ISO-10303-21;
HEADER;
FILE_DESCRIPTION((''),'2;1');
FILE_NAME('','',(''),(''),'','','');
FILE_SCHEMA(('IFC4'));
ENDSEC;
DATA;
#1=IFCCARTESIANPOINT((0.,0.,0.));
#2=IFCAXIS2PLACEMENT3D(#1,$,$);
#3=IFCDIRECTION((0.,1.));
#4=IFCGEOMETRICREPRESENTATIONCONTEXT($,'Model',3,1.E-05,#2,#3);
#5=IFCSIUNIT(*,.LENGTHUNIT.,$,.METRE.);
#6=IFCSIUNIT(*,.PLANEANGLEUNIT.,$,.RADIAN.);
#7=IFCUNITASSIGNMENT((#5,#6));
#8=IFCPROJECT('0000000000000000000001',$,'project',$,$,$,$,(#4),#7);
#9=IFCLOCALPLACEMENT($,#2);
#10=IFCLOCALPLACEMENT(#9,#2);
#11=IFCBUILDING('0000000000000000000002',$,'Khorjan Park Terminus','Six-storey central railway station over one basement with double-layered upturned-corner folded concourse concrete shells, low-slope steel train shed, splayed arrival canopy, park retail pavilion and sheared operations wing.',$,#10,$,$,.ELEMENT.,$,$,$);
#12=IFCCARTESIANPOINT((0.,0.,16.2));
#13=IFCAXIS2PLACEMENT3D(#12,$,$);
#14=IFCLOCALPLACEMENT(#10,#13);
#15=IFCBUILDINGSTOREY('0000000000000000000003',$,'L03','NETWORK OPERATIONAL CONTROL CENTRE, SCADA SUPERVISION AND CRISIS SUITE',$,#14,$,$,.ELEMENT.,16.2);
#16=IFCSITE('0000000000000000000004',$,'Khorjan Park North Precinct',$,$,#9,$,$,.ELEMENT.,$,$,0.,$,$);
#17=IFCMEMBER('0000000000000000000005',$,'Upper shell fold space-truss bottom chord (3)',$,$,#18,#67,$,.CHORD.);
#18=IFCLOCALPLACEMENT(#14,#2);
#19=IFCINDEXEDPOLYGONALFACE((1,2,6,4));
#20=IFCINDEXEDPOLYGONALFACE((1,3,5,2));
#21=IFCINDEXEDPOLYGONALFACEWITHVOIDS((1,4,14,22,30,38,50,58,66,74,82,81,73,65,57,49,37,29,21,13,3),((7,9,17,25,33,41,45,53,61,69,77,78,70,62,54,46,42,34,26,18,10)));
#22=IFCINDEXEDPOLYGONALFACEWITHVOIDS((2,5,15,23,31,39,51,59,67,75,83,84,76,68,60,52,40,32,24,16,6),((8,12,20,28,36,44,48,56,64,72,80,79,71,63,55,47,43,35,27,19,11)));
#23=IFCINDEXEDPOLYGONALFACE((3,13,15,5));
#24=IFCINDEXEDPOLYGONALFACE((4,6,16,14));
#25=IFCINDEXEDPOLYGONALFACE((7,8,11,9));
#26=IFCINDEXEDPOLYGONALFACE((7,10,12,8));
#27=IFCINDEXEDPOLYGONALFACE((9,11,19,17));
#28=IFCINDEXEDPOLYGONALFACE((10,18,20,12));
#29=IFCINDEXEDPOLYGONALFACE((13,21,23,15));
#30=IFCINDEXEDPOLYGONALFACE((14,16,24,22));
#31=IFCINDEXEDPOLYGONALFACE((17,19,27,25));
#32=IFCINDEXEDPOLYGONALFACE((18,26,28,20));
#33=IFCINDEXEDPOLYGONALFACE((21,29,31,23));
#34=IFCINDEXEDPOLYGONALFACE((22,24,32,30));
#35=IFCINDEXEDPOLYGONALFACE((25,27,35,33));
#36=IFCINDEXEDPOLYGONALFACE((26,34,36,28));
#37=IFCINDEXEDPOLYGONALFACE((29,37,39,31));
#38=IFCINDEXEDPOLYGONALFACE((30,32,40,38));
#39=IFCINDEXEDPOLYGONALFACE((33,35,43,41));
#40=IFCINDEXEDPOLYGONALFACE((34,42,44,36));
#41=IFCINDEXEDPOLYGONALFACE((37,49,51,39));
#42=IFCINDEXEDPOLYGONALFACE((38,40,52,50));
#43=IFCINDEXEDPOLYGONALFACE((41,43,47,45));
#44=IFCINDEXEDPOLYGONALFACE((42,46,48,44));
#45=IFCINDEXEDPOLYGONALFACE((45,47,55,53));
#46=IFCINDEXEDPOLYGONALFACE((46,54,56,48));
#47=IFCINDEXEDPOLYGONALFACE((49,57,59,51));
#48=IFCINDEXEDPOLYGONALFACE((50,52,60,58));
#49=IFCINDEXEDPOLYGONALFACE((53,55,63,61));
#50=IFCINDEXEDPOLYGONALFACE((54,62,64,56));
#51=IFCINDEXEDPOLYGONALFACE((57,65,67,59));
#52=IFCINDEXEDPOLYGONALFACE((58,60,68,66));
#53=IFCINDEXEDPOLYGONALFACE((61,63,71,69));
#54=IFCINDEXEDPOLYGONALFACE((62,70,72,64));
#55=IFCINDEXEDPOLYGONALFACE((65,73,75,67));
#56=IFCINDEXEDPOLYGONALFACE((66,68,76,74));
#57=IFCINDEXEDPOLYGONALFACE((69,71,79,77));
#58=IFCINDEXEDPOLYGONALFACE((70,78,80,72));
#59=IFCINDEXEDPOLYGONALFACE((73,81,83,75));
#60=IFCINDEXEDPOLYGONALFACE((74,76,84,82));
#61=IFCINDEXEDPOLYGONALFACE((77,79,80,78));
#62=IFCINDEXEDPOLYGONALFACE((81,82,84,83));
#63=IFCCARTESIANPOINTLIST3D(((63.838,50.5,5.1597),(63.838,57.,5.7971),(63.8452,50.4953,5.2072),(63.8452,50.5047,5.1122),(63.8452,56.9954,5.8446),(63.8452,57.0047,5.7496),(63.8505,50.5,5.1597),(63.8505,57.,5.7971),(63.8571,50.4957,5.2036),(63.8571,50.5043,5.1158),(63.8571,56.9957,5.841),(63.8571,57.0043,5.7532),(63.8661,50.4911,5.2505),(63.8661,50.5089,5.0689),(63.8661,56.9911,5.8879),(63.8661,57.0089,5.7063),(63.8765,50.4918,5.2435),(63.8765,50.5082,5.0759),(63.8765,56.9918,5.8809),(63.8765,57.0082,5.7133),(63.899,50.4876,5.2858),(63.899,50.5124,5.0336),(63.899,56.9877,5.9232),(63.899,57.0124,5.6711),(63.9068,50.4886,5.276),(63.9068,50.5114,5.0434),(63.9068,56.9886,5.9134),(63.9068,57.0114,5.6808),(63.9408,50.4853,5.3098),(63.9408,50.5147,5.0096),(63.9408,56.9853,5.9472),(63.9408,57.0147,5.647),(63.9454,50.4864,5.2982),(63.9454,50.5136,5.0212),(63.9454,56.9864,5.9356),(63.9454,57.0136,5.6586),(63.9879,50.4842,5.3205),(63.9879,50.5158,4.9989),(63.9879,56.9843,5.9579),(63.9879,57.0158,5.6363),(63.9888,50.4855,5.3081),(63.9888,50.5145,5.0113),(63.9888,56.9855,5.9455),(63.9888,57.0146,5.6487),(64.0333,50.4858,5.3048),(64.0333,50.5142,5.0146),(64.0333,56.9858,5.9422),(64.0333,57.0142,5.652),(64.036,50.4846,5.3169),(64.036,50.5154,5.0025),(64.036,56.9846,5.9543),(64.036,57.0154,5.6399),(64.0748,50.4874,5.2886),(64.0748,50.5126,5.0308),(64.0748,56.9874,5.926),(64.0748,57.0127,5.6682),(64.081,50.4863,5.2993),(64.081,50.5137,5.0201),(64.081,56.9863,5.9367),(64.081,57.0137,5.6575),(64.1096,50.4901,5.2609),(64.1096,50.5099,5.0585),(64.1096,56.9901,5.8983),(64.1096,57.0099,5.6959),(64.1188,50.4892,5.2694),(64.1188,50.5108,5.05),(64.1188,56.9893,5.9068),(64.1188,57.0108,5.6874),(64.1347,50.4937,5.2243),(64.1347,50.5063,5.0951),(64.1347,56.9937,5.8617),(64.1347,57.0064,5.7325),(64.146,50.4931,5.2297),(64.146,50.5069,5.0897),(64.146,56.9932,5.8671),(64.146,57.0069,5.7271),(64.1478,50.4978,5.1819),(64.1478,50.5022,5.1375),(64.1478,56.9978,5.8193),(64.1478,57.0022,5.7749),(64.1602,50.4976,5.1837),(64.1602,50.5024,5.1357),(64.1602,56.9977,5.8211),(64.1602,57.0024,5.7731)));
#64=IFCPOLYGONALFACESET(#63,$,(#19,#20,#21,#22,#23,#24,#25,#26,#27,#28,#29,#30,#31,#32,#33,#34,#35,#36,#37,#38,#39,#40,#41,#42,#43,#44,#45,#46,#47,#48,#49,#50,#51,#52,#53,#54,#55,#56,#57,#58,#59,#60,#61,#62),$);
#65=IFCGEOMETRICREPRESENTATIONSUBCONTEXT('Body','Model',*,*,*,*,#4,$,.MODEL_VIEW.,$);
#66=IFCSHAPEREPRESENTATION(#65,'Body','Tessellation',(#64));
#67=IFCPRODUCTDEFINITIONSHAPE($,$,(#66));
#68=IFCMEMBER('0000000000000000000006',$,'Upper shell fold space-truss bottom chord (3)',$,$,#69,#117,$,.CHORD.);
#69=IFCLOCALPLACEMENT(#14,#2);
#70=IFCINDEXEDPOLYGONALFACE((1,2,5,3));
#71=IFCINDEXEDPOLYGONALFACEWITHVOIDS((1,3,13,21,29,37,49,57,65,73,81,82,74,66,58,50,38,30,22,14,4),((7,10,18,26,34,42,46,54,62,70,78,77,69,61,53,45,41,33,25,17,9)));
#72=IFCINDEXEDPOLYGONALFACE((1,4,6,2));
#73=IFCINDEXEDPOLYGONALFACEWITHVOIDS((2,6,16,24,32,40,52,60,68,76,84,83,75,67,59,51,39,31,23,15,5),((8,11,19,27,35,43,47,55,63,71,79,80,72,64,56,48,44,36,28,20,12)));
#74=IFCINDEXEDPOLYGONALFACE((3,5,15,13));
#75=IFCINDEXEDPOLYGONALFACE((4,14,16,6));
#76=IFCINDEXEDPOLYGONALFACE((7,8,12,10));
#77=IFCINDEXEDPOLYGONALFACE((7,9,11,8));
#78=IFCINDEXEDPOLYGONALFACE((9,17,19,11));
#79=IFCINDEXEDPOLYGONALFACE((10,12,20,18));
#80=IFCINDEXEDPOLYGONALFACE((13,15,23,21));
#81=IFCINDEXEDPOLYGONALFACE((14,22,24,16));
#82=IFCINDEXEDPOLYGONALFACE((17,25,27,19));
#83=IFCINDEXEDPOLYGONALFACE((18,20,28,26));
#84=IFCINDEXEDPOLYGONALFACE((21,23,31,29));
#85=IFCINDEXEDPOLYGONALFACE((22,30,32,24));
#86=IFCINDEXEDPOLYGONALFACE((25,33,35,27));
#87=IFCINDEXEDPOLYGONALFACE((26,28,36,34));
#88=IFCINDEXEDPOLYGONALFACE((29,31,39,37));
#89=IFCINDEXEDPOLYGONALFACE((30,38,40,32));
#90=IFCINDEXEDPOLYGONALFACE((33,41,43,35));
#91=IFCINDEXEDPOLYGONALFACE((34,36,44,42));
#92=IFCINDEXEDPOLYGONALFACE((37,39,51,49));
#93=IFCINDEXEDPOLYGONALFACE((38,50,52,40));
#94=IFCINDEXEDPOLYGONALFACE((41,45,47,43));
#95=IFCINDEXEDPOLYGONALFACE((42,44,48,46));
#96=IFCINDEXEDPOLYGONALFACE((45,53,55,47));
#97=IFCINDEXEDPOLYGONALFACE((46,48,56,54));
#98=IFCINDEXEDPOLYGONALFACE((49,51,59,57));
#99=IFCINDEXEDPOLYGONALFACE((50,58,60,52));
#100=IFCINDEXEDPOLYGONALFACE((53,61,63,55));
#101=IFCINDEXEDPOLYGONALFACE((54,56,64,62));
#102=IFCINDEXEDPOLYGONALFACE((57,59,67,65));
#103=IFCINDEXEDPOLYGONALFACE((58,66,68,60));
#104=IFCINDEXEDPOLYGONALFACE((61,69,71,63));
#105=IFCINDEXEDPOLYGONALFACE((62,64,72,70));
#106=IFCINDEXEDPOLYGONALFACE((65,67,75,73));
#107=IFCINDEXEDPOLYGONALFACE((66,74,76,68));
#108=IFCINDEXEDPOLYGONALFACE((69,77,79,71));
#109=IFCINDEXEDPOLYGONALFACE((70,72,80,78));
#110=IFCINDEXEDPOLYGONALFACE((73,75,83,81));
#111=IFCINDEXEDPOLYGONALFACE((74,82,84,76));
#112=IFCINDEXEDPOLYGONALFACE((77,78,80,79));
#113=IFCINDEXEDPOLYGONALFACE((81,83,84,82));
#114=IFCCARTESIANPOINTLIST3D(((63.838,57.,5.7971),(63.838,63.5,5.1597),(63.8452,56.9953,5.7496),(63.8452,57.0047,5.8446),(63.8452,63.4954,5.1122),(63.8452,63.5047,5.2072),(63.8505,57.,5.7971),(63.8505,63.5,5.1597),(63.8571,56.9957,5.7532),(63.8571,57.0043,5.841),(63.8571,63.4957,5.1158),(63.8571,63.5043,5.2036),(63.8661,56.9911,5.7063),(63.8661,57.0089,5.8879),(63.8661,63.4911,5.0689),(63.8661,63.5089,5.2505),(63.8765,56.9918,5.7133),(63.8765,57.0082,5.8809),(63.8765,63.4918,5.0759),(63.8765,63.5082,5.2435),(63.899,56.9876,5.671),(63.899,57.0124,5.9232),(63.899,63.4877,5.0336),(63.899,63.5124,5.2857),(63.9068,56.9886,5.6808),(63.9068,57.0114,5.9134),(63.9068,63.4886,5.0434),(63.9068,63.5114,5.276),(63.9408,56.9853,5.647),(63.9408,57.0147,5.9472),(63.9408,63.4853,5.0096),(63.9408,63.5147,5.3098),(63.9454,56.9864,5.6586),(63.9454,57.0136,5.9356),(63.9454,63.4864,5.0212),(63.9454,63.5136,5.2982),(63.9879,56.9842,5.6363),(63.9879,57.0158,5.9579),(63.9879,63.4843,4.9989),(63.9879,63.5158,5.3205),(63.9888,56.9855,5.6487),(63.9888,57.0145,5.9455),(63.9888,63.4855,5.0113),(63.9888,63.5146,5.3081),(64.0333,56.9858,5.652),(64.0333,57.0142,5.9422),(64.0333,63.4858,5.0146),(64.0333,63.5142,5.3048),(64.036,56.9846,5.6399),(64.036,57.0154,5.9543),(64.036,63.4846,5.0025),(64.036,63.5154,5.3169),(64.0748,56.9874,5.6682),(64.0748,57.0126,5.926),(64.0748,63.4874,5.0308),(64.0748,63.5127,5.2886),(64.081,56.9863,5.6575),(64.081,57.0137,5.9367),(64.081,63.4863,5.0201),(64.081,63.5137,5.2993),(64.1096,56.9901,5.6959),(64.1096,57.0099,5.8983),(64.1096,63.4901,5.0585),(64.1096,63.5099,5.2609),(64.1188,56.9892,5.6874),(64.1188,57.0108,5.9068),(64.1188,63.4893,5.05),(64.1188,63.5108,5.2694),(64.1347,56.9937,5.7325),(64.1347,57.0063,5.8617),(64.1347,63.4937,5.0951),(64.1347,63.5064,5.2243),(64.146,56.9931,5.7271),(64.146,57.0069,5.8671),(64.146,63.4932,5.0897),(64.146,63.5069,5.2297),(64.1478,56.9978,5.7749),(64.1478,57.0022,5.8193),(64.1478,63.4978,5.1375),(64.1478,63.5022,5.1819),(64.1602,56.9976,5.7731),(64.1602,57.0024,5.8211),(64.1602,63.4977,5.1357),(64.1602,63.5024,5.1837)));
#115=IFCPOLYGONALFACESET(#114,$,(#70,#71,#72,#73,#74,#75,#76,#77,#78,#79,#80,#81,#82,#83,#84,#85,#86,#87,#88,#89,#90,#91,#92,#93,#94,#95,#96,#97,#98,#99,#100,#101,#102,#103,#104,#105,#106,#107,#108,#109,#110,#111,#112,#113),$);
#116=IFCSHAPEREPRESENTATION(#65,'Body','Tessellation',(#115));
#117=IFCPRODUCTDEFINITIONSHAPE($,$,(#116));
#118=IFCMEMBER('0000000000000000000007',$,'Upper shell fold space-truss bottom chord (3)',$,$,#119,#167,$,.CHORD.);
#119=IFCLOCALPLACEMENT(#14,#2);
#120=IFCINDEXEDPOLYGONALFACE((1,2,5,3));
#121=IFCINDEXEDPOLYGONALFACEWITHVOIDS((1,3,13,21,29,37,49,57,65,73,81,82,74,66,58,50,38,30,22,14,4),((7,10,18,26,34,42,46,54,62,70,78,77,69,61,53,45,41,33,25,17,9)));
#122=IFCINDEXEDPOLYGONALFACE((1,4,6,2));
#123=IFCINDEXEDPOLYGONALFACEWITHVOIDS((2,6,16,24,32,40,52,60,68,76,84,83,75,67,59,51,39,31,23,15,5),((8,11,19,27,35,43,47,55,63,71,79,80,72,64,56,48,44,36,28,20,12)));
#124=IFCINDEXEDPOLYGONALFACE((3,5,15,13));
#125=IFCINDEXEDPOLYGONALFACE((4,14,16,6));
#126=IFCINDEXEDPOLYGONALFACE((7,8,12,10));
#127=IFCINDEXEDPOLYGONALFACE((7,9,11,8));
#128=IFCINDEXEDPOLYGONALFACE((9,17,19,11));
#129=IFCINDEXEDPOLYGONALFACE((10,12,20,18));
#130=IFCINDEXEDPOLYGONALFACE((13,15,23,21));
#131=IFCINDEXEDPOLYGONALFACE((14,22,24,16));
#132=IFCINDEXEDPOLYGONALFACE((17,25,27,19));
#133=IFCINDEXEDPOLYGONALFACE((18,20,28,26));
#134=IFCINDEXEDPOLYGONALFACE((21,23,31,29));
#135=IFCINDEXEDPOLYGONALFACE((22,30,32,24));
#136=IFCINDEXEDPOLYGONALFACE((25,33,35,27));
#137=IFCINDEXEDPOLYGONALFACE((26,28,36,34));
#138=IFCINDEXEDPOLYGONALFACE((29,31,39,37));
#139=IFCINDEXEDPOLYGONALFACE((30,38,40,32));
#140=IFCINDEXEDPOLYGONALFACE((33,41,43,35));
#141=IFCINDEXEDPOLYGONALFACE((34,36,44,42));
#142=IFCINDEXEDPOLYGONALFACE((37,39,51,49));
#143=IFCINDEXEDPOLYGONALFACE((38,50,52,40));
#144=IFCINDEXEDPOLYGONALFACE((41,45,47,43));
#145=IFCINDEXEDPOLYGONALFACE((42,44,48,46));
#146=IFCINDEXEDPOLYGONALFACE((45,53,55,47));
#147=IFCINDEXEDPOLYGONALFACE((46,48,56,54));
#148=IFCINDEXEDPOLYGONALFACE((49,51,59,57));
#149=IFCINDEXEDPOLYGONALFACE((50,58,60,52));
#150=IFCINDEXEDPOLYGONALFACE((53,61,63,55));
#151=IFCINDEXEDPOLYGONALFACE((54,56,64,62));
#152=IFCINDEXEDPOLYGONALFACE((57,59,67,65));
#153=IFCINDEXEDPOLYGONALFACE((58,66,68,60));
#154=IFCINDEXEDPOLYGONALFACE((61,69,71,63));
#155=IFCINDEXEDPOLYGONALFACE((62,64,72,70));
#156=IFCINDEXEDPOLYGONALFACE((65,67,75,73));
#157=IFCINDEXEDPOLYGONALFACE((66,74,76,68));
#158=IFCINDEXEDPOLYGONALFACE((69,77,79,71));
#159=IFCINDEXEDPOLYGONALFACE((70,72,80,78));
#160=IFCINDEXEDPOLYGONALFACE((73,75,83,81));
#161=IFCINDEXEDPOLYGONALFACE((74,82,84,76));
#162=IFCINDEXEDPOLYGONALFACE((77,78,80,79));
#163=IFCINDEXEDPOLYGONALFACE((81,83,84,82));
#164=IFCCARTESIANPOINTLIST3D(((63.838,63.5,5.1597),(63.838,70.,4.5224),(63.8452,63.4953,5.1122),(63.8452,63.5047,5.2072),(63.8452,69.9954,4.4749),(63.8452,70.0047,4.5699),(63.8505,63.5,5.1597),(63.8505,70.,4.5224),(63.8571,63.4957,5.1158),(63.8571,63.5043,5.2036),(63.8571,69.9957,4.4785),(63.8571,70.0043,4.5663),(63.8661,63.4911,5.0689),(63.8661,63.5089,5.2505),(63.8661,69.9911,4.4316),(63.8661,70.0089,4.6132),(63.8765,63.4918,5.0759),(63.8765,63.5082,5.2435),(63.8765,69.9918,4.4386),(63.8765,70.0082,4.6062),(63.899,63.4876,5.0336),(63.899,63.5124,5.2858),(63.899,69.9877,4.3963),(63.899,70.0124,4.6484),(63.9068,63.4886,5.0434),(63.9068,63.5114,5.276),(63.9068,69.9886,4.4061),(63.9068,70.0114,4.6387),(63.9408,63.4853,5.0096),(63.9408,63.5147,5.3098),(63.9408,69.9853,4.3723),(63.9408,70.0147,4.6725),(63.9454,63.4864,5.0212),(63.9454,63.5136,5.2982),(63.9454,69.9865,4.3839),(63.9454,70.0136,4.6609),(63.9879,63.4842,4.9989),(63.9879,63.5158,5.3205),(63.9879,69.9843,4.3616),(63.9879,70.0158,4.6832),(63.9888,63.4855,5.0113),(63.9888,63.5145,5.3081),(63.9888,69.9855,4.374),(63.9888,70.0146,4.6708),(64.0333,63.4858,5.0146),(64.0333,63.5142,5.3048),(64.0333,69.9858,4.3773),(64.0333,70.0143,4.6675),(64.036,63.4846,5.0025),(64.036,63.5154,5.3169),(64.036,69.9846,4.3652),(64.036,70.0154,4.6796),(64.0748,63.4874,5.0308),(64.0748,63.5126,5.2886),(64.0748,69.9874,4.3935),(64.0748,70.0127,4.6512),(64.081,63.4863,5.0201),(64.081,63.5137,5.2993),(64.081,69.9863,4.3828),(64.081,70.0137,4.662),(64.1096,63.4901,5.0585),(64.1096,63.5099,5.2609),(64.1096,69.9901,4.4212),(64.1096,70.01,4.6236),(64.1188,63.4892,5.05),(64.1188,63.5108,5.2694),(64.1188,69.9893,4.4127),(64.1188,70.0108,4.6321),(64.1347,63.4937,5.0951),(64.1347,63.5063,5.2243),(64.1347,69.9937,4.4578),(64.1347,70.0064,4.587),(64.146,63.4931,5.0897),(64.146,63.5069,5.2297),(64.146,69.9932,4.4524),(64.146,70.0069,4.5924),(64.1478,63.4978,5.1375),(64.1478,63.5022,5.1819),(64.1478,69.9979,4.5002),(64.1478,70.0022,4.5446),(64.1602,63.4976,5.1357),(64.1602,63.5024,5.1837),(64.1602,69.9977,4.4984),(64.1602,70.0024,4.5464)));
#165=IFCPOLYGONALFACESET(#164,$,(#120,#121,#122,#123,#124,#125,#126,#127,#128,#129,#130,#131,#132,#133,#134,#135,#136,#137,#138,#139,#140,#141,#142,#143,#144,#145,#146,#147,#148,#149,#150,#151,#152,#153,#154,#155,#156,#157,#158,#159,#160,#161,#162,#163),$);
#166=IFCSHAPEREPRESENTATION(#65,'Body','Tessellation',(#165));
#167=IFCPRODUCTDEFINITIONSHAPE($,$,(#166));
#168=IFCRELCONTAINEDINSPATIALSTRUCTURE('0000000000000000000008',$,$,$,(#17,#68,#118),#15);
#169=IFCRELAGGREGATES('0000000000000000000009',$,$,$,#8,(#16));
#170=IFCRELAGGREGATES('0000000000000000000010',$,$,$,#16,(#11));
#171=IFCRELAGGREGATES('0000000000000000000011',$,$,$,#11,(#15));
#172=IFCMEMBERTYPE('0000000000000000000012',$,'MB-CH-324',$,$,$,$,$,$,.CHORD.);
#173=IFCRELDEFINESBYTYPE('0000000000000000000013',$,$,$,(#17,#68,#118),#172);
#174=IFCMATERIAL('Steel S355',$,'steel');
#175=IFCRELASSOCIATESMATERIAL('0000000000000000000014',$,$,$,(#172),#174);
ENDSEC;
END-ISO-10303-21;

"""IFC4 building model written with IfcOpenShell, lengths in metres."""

from ifc_helpers import new_model, si_unit, direction, frame, origin, origin_2d, place, context, subcontext, project, spatial, hollow_circle, extrude, material, material_profile, profile_set, type_object, element, save


model = new_model("IFC4")

# Units and contexts
model_context = context("Model", 3, precision=1e-05, world=origin(), true_north=direction((0.0, 1.0)))
body_context = subcontext(model_context, "Body", "Model", "MODEL_VIEW")
ifc_project = project(units=[si_unit("LENGTHUNIT", "METRE"), si_unit("PLANEANGLEUNIT", "RADIAN")], contexts=[model_context])

# Site, building, storey
site_placement = place(None, origin())
site = spatial("IfcSite", under=ifc_project, at=site_placement, Name="Khorjan Park North Precinct", CompositionType="ELEMENT", RefElevation=0.0)
building_placement = place(site_placement, origin())
building = spatial("IfcBuilding", under=site, at=building_placement, Name="Khorjan Park Terminus", Description="Six-storey central railway station over one basement with double-layered upturned-corner folded concourse concrete shells, low-slope steel train shed, splayed arrival canopy, park retail pavilion and sheared operations wing.", CompositionType="ELEMENT")
storey_placement = place(building_placement, frame((0.0, 0.0, 16.2)))
storey = spatial("IfcBuildingStorey", under=building, at=storey_placement, Name="L03", Description="NETWORK OPERATIONAL CONTROL CENTRE, SCADA SUPERVISION AND CRISIS SUITE", CompositionType="ELEMENT", Elevation=16.2)

# Members
ifc_material = material(Name="Steel S355", Category="steel")
ifc_material_profile_1 = material_profile(ifc_material, hollow_circle(Radius=0.162, WallThickness=0.0125, at=origin_2d()), Name="CHS 323.9x12.5")
ifc_profile_set_1 = profile_set([ifc_material_profile_1], Name="Steel S355")
member_type_1 = type_object("IfcMemberType", Name="MB-CH-324", PredefinedType="CHORD", material=ifc_profile_set_1)
for number, where, z_axis, x_axis, name in (
    (1, (64.0, 50.5, 5.1597), (0.0, 0.995226, 0.097593), (-1.0, 0.0, 0.0), "Upper shell fold space-truss bottom chord (3)"),
    (2, (64.0, 57.0, 5.7971), (0.0, 0.995226, -0.097593), (-1.0, 0.0, 0.0), "Upper shell fold space-truss bottom chord (3)"),
    (3, (64.0, 63.5, 5.1597), (0.0, 0.995228, -0.097578), (-1.0, 0.0, 0.0), "Upper shell fold space-truss bottom chord (3)"),
):
    element("IfcMember", number, at=place(storey_placement, frame(where, z_axis=z_axis, x_axis=x_axis)), inside=storey, type_object=member_type_1, Name=name, PredefinedType="CHORD", context=body_context, shape_type="SweptSolid", body=[
        extrude(hollow_circle(Radius=0.162, WallThickness=0.0125, at=origin_2d()), origin(), (0.0, 0.0, 1.0), 6.5312),
    ])

save(model, "model.ifc")
